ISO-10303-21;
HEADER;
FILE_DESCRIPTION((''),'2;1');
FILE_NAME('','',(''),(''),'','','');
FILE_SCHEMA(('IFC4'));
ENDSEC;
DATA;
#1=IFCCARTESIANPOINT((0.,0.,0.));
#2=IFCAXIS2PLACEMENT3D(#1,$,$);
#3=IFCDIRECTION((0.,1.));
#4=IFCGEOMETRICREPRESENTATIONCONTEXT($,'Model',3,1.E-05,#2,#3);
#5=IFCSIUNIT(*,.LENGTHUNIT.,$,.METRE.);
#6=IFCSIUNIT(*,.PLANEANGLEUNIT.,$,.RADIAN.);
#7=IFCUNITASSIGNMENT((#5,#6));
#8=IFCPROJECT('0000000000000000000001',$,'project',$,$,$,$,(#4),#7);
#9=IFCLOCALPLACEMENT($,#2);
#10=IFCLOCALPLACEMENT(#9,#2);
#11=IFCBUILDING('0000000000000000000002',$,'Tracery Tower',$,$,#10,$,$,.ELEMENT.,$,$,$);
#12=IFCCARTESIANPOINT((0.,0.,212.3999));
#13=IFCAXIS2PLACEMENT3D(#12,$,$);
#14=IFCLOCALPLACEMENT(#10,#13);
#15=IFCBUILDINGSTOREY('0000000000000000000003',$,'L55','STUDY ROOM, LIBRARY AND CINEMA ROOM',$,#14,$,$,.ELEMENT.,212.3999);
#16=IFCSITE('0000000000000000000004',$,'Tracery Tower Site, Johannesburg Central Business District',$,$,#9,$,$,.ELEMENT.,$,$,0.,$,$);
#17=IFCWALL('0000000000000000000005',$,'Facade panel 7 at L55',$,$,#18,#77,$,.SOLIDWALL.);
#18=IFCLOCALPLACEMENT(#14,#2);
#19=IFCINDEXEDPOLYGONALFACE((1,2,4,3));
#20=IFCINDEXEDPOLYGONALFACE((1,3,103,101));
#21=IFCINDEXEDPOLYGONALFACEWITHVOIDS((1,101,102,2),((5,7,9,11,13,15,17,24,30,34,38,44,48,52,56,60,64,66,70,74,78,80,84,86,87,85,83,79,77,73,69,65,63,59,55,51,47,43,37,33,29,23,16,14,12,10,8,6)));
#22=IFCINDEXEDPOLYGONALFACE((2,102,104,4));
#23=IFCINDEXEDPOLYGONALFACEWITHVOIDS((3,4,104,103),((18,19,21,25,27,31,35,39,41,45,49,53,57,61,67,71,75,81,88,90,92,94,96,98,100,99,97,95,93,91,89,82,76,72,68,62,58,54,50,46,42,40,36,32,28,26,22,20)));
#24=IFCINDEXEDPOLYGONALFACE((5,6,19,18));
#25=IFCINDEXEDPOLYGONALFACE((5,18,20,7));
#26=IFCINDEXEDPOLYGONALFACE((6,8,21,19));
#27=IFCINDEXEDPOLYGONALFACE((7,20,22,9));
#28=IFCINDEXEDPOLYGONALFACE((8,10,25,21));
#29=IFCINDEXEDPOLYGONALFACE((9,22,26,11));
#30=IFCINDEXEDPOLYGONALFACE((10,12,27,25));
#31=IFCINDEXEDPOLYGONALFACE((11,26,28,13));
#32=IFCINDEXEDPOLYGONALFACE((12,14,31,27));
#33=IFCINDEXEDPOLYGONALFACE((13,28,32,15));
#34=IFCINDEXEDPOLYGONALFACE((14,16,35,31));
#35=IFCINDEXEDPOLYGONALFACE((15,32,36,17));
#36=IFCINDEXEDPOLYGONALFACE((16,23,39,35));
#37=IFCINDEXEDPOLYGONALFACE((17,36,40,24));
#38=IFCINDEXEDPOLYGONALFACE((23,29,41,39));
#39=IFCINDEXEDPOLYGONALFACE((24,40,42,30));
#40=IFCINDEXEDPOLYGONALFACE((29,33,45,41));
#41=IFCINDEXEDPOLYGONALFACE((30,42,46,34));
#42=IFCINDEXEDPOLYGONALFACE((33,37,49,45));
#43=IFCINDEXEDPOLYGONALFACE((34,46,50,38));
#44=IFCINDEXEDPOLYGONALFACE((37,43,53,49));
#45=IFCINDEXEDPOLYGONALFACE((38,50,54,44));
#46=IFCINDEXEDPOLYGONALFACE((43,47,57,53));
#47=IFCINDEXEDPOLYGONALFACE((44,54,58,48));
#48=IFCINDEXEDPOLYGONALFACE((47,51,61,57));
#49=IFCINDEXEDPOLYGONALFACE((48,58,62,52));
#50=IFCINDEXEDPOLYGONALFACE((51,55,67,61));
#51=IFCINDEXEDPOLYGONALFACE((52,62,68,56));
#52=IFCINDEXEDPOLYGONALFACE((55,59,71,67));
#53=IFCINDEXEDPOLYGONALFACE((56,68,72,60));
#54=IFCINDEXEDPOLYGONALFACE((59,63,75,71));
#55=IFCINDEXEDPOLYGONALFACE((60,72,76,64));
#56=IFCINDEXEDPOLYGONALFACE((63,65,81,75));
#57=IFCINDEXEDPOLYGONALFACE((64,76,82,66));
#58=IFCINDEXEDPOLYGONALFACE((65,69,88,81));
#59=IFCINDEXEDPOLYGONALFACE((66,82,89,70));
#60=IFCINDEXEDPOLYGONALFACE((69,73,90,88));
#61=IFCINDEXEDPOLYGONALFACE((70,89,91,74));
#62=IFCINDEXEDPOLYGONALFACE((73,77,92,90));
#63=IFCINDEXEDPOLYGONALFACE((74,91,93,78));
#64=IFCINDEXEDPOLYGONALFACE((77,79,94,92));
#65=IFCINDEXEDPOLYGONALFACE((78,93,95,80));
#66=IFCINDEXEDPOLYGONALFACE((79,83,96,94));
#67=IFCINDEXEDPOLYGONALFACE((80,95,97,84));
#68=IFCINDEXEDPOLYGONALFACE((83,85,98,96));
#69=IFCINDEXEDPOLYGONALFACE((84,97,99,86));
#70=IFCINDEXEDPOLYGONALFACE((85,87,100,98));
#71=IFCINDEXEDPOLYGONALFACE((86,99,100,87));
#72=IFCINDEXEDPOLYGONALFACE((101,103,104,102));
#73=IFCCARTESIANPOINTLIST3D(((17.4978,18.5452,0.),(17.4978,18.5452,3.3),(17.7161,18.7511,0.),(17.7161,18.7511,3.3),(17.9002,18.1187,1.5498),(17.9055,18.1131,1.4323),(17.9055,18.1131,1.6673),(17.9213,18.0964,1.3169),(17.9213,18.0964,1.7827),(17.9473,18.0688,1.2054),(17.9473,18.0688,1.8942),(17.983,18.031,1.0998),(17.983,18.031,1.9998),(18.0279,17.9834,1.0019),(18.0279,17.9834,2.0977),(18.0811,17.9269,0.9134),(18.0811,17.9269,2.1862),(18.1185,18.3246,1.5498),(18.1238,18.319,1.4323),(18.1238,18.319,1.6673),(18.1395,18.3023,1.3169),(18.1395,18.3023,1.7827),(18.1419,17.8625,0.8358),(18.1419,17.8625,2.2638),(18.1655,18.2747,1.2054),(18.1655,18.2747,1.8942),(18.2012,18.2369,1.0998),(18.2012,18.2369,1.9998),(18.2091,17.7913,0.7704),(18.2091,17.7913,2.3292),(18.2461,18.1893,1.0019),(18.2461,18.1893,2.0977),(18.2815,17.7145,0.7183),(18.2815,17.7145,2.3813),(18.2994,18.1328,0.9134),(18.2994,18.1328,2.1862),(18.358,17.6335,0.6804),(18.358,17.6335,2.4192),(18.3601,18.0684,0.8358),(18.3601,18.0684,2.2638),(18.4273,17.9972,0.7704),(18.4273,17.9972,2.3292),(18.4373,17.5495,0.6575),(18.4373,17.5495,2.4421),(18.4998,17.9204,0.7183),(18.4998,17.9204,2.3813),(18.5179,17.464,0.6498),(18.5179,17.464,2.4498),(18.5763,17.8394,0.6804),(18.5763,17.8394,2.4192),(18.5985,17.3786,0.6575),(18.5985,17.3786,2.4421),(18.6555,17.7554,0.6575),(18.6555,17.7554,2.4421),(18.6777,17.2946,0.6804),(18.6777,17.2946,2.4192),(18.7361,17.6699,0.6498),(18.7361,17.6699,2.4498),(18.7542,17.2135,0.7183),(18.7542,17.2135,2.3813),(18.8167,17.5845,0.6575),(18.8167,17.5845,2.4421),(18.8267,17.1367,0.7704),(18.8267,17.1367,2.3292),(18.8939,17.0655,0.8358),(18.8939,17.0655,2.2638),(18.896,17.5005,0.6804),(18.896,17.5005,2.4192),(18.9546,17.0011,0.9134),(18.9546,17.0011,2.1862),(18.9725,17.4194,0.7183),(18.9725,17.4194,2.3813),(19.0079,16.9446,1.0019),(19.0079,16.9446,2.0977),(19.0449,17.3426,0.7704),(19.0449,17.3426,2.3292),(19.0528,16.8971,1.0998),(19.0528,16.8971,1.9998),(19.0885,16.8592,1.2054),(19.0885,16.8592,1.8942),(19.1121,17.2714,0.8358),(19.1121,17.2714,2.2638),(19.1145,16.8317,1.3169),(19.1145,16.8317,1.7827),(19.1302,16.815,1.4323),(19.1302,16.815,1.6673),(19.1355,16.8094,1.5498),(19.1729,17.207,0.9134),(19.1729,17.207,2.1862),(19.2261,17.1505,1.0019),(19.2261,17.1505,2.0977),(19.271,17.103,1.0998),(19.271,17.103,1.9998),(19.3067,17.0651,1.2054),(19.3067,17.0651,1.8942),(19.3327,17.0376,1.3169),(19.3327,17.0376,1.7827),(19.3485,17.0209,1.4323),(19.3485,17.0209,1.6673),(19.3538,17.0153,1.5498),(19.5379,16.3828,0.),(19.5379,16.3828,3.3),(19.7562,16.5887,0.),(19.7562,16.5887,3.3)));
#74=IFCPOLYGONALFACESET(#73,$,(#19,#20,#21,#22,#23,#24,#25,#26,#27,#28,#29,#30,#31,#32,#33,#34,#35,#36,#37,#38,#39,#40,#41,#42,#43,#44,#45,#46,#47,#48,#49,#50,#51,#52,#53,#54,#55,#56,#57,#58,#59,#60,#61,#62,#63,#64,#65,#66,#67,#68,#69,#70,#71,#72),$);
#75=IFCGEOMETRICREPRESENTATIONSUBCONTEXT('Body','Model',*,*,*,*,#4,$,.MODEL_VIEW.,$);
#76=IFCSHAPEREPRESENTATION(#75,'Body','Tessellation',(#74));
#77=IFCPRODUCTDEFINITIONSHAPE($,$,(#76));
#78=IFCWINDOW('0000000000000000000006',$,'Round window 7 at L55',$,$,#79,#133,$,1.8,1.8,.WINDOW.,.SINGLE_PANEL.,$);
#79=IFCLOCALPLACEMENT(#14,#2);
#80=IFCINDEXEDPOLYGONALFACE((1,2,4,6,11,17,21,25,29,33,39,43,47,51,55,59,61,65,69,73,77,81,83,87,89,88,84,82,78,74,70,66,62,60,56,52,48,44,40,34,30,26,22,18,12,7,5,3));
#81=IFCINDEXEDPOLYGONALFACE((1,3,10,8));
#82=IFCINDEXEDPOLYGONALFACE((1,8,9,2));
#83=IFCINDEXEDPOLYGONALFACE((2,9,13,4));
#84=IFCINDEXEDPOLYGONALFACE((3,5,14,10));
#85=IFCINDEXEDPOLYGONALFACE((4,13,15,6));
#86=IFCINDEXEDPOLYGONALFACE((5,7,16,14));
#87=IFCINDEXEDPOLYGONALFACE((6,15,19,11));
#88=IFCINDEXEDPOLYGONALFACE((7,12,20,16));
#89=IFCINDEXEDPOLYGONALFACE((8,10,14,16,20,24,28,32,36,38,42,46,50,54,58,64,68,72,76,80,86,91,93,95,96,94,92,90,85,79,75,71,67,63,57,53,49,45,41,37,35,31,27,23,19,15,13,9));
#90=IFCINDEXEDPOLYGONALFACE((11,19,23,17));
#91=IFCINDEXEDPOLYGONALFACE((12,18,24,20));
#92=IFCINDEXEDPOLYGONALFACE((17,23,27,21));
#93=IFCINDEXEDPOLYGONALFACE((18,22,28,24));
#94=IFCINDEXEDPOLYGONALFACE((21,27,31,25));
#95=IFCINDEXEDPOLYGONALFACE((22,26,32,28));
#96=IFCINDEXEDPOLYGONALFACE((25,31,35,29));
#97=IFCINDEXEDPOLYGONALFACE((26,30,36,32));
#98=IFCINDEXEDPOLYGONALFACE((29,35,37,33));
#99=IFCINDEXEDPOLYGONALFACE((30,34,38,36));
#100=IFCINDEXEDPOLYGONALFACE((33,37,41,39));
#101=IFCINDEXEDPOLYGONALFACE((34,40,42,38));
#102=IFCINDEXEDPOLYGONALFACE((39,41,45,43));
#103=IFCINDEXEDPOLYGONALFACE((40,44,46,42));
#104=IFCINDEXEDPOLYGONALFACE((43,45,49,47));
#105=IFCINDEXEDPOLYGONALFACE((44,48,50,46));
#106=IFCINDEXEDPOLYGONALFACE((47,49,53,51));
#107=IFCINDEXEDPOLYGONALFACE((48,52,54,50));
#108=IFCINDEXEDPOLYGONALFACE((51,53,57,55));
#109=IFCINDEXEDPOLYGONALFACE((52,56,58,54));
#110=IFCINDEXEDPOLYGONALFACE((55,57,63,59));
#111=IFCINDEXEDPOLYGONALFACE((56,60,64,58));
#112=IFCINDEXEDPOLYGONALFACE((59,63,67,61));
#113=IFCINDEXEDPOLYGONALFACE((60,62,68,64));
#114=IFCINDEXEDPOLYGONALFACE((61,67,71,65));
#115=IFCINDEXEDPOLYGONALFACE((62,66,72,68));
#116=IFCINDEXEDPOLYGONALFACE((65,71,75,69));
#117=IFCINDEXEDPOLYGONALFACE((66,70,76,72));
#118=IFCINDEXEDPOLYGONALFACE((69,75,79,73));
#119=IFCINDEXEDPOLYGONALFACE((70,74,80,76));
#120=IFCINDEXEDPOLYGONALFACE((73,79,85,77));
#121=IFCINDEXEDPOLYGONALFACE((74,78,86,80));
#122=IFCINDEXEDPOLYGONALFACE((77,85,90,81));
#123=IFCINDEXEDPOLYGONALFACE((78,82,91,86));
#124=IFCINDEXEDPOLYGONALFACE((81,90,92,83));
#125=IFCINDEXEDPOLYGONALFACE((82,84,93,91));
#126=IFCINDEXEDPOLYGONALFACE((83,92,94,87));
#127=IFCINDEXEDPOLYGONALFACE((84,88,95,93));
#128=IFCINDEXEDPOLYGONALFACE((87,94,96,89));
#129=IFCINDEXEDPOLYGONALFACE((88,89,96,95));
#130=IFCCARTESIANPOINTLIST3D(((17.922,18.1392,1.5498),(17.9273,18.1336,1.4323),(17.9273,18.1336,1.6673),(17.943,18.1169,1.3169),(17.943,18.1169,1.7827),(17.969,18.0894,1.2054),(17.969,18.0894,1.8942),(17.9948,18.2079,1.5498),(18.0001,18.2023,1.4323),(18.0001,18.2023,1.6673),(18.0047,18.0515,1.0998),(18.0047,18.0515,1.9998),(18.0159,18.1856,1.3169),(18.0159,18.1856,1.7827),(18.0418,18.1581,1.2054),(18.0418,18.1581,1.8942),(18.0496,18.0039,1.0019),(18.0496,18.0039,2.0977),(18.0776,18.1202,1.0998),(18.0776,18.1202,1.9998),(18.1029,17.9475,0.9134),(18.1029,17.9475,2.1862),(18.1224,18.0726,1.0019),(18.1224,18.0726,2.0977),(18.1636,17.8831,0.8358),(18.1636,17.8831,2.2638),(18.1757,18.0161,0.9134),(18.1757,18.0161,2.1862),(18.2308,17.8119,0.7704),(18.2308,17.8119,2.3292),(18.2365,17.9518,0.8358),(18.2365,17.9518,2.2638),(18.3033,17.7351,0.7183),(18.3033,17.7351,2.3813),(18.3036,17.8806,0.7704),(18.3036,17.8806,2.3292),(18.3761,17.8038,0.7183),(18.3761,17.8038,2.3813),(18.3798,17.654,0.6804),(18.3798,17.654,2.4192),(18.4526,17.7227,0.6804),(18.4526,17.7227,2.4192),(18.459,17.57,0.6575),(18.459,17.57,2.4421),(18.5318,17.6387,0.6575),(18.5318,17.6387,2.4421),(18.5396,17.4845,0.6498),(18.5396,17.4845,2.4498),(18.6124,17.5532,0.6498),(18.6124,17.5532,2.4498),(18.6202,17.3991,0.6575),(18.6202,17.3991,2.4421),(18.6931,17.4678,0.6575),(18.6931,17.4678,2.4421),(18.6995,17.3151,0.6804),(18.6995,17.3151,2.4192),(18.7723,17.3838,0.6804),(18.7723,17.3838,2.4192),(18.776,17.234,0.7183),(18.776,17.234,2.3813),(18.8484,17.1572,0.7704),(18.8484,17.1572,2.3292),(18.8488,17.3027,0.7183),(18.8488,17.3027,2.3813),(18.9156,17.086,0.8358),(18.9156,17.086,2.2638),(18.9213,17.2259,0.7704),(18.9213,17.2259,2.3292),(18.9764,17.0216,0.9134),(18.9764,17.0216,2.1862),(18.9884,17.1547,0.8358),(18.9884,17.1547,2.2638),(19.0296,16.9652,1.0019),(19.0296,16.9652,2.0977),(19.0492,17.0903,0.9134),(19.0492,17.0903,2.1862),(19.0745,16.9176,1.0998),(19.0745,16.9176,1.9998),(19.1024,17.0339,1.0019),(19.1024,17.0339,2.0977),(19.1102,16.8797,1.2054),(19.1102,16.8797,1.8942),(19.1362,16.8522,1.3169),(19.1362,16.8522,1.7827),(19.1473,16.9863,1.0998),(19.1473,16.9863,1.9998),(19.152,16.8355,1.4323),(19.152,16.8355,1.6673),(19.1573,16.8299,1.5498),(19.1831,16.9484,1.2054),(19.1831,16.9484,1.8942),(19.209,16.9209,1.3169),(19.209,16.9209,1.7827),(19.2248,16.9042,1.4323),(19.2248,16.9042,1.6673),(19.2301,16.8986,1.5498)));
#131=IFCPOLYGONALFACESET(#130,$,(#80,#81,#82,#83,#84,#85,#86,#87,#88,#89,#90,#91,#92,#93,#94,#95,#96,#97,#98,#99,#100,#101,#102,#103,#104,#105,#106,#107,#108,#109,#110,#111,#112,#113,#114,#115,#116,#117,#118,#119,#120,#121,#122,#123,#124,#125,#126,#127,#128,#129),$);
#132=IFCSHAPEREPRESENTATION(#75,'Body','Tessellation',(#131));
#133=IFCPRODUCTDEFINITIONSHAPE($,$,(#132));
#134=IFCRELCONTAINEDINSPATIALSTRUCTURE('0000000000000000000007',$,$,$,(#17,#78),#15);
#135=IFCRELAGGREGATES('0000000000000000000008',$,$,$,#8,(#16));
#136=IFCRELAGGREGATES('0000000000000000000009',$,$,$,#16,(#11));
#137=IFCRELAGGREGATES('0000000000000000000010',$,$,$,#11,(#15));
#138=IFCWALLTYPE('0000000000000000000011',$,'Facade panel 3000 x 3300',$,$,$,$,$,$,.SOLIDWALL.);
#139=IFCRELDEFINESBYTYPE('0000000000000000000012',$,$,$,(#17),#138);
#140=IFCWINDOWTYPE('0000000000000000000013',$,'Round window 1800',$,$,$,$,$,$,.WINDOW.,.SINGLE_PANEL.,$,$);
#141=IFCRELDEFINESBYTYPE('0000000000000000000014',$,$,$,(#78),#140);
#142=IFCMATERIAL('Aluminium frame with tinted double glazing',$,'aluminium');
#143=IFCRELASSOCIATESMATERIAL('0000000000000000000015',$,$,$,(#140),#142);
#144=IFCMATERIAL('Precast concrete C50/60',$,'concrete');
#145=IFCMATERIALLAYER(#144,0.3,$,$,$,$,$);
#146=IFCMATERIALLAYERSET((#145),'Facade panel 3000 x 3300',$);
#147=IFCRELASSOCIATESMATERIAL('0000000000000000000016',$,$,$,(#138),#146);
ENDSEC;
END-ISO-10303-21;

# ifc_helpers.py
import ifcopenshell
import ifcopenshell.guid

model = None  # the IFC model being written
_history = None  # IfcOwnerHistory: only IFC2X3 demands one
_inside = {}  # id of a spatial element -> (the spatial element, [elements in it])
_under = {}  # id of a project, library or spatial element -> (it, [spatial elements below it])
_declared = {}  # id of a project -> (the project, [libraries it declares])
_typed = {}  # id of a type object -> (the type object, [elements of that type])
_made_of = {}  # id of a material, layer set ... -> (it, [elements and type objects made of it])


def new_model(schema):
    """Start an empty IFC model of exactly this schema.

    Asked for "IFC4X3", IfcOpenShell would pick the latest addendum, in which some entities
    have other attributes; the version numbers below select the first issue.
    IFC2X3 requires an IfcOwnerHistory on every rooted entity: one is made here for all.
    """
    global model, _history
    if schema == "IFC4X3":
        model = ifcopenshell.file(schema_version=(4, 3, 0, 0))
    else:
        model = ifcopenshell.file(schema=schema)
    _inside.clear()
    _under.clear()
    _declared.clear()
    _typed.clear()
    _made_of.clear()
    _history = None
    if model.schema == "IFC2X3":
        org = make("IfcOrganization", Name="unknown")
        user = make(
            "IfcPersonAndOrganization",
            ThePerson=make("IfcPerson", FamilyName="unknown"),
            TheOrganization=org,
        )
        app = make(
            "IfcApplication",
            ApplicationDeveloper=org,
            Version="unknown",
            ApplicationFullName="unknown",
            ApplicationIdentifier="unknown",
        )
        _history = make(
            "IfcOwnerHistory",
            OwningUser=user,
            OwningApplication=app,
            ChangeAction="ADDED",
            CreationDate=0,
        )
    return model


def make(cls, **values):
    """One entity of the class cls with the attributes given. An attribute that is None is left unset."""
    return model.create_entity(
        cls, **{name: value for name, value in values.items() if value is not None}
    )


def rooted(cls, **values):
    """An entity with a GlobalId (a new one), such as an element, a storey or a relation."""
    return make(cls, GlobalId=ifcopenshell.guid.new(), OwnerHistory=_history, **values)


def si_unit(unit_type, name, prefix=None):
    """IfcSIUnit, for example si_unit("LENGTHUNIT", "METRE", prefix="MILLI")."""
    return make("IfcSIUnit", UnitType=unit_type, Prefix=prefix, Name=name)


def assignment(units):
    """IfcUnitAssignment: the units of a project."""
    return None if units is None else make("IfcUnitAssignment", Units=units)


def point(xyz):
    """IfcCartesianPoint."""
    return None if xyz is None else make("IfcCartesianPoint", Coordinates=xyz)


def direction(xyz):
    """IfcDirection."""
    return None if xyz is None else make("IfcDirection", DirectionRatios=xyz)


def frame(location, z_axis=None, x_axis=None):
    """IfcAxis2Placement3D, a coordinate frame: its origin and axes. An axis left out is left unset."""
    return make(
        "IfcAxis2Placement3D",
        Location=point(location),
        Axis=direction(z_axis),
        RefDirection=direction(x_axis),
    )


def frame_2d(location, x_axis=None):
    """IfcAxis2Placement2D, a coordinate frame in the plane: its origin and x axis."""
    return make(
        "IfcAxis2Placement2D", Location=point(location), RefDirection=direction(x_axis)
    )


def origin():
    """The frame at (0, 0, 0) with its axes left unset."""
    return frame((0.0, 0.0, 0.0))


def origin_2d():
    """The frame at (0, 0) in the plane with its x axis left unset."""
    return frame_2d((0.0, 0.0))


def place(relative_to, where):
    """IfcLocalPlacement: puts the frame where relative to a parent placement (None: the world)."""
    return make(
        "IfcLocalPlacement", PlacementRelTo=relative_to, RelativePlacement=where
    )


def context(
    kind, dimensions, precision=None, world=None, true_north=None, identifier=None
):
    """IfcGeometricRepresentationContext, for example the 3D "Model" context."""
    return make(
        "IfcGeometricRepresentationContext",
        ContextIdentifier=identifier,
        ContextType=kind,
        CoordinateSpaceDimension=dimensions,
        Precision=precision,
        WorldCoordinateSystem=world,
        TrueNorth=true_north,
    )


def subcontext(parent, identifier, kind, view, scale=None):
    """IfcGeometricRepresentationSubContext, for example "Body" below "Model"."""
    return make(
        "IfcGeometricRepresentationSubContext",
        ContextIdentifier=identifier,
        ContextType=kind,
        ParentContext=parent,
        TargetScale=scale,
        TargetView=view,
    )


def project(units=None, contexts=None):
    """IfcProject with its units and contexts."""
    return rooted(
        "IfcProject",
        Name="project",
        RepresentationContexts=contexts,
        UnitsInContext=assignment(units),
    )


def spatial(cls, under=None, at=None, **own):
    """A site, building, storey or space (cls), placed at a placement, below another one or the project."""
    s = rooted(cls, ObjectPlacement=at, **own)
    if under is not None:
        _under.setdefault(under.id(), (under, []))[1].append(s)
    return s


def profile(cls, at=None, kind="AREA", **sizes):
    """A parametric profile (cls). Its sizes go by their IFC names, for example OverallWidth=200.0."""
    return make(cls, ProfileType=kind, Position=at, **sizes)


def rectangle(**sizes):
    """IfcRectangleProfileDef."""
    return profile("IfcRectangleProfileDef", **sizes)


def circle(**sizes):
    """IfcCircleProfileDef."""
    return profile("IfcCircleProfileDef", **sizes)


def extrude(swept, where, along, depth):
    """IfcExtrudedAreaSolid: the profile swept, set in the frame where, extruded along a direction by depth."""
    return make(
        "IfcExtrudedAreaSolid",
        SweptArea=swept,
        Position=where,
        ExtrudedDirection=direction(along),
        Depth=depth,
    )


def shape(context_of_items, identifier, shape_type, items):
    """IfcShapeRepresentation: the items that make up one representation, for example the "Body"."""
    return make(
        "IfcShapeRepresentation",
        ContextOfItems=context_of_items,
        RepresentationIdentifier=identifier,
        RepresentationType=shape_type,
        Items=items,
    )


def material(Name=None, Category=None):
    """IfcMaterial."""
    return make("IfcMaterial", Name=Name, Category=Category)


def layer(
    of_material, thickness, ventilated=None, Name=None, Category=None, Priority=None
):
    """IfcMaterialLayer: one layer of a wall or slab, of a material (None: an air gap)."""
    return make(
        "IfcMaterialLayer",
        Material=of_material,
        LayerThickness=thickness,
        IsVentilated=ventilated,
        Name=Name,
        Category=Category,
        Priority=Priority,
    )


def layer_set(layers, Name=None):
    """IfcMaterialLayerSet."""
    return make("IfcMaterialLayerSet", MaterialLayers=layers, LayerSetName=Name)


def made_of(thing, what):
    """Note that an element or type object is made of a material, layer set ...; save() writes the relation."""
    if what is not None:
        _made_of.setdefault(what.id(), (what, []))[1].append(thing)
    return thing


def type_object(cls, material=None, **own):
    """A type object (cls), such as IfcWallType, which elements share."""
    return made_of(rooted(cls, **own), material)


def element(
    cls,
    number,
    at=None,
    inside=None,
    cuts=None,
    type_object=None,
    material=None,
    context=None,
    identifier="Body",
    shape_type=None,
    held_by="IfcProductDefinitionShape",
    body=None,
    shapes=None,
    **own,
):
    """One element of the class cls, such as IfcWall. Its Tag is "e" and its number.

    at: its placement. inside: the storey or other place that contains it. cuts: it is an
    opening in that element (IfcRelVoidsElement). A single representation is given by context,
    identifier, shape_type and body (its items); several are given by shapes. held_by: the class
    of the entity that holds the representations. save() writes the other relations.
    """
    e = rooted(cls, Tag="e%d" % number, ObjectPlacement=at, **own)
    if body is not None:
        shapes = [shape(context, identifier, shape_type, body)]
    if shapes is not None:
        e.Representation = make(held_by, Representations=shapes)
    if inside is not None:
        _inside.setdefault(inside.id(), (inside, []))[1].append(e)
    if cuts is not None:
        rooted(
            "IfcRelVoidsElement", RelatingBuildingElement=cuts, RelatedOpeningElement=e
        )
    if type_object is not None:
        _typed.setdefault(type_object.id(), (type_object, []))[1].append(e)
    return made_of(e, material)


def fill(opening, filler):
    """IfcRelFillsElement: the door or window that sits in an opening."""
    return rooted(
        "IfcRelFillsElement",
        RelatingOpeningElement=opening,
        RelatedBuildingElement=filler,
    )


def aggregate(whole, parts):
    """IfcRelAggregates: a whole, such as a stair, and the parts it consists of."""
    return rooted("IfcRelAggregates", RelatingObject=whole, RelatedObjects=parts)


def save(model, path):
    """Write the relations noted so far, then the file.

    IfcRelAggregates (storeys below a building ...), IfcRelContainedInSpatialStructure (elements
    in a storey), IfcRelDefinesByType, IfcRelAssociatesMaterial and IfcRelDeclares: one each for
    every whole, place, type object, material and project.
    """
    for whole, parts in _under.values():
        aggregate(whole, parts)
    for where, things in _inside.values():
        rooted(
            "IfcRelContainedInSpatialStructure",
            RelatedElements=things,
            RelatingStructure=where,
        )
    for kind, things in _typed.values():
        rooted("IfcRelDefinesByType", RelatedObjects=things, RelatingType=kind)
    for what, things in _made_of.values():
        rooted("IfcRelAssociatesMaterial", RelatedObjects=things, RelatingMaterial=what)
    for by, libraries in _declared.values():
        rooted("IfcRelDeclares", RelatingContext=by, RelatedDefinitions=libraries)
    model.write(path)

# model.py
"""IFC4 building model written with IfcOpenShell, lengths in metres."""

from ifc_helpers import new_model, si_unit, direction, frame, frame_2d, origin, origin_2d, place, context, subcontext, project, spatial, rectangle, circle, extrude, material, layer, layer_set, type_object, element, fill, save


model = new_model("IFC4")

# Units and contexts
model_context = context("Model", 3, precision=1e-05, world=origin(), true_north=direction((0.0, 1.0)))
body_context = subcontext(model_context, "Body", "Model", "MODEL_VIEW")
ifc_project = project(units=[si_unit("LENGTHUNIT", "METRE"), si_unit("PLANEANGLEUNIT", "RADIAN")], contexts=[model_context])

# Site, building, storey
site_placement = place(None, origin())
site = spatial("IfcSite", under=ifc_project, at=site_placement, Name="Tracery Tower Site, Johannesburg Central Business District", CompositionType="ELEMENT", RefElevation=0.0)
building_placement = place(site_placement, origin())
building = spatial("IfcBuilding", under=site, at=building_placement, Name="Tracery Tower", CompositionType="ELEMENT")
storey_placement = place(building_placement, frame((0.0, 0.0, 212.3999)))
storey = spatial("IfcBuildingStorey", under=building, at=storey_placement, Name="L55", Description="STUDY ROOM, LIBRARY AND CINEMA ROOM", CompositionType="ELEMENT", Elevation=212.3999)

# Wall, opening, window
ifc_material_1 = material(Name="Aluminium frame with tinted double glazing", Category="aluminium")
window_type = type_object("IfcWindowType", Name="Round window 1800", PartitioningType="SINGLE_PANEL", PredefinedType="WINDOW", material=ifc_material_1)
ifc_material_2 = material(Name="Precast concrete C50/60", Category="concrete")
ifc_layer_1 = layer(ifc_material_2, 0.3)
ifc_layer_set_1 = layer_set([ifc_layer_1], Name="Facade panel 3000 x 3300")
wall_type_1 = type_object("IfcWallType", Name="Facade panel 3000 x 3300", PredefinedType="SOLIDWALL", material=ifc_layer_set_1)
wall_1_placement = place(storey_placement, frame((19.647, 16.4858, 0.0), z_axis=(0.0, 0.0, 1.0), x_axis=(-0.686235, 0.72738, 0.0)))
wall_1 = element("IfcWall", 1, at=wall_1_placement, inside=storey, type_object=wall_type_1, Name="Facade panel 7 at L55", PredefinedType="SOLIDWALL", context=body_context, shape_type="SweptSolid", body=[
    extrude(rectangle(XDim=2.9729, YDim=0.3, at=frame_2d((1.4863, 0.0))), origin(), (0.0, 0.0, 1.0), 3.3),
])
opening_1_placement = place(wall_1_placement, frame((1.4863, 0.0, 1.5498)))
opening_1 = element("IfcOpeningElement", 2, at=opening_1_placement, cuts=wall_1, PredefinedType="OPENING", context=body_context, shape_type="SweptSolid", body=[
    extrude(circle(Radius=0.9, at=origin_2d()), frame((0.0, 0.1599, 0.0), z_axis=(0.0, -1.0, 0.0), x_axis=(1.0, 0.0, 0.0)), (0.0, 0.0, 1.0), 0.3201),
])
window_1_placement = place(opening_1_placement, origin())
window_1 = element("IfcWindow", 3, at=window_1_placement, inside=storey, type_object=window_type, Name="Round window 7 at L55", OverallHeight=1.8, OverallWidth=1.8, PartitioningType="SINGLE_PANEL", PredefinedType="WINDOW", context=body_context, shape_type="SweptSolid", body=[
    extrude(circle(Radius=0.9, at=origin_2d()), frame((0.0, 0.1201, 0.0), z_axis=(0.0, -1.0, 0.0), x_axis=(1.0, 0.0, 0.0)), (0.0, 0.0, 1.0), 0.1001),
])
fill(opening_1, window_1)

save(model, "model.ifc")
